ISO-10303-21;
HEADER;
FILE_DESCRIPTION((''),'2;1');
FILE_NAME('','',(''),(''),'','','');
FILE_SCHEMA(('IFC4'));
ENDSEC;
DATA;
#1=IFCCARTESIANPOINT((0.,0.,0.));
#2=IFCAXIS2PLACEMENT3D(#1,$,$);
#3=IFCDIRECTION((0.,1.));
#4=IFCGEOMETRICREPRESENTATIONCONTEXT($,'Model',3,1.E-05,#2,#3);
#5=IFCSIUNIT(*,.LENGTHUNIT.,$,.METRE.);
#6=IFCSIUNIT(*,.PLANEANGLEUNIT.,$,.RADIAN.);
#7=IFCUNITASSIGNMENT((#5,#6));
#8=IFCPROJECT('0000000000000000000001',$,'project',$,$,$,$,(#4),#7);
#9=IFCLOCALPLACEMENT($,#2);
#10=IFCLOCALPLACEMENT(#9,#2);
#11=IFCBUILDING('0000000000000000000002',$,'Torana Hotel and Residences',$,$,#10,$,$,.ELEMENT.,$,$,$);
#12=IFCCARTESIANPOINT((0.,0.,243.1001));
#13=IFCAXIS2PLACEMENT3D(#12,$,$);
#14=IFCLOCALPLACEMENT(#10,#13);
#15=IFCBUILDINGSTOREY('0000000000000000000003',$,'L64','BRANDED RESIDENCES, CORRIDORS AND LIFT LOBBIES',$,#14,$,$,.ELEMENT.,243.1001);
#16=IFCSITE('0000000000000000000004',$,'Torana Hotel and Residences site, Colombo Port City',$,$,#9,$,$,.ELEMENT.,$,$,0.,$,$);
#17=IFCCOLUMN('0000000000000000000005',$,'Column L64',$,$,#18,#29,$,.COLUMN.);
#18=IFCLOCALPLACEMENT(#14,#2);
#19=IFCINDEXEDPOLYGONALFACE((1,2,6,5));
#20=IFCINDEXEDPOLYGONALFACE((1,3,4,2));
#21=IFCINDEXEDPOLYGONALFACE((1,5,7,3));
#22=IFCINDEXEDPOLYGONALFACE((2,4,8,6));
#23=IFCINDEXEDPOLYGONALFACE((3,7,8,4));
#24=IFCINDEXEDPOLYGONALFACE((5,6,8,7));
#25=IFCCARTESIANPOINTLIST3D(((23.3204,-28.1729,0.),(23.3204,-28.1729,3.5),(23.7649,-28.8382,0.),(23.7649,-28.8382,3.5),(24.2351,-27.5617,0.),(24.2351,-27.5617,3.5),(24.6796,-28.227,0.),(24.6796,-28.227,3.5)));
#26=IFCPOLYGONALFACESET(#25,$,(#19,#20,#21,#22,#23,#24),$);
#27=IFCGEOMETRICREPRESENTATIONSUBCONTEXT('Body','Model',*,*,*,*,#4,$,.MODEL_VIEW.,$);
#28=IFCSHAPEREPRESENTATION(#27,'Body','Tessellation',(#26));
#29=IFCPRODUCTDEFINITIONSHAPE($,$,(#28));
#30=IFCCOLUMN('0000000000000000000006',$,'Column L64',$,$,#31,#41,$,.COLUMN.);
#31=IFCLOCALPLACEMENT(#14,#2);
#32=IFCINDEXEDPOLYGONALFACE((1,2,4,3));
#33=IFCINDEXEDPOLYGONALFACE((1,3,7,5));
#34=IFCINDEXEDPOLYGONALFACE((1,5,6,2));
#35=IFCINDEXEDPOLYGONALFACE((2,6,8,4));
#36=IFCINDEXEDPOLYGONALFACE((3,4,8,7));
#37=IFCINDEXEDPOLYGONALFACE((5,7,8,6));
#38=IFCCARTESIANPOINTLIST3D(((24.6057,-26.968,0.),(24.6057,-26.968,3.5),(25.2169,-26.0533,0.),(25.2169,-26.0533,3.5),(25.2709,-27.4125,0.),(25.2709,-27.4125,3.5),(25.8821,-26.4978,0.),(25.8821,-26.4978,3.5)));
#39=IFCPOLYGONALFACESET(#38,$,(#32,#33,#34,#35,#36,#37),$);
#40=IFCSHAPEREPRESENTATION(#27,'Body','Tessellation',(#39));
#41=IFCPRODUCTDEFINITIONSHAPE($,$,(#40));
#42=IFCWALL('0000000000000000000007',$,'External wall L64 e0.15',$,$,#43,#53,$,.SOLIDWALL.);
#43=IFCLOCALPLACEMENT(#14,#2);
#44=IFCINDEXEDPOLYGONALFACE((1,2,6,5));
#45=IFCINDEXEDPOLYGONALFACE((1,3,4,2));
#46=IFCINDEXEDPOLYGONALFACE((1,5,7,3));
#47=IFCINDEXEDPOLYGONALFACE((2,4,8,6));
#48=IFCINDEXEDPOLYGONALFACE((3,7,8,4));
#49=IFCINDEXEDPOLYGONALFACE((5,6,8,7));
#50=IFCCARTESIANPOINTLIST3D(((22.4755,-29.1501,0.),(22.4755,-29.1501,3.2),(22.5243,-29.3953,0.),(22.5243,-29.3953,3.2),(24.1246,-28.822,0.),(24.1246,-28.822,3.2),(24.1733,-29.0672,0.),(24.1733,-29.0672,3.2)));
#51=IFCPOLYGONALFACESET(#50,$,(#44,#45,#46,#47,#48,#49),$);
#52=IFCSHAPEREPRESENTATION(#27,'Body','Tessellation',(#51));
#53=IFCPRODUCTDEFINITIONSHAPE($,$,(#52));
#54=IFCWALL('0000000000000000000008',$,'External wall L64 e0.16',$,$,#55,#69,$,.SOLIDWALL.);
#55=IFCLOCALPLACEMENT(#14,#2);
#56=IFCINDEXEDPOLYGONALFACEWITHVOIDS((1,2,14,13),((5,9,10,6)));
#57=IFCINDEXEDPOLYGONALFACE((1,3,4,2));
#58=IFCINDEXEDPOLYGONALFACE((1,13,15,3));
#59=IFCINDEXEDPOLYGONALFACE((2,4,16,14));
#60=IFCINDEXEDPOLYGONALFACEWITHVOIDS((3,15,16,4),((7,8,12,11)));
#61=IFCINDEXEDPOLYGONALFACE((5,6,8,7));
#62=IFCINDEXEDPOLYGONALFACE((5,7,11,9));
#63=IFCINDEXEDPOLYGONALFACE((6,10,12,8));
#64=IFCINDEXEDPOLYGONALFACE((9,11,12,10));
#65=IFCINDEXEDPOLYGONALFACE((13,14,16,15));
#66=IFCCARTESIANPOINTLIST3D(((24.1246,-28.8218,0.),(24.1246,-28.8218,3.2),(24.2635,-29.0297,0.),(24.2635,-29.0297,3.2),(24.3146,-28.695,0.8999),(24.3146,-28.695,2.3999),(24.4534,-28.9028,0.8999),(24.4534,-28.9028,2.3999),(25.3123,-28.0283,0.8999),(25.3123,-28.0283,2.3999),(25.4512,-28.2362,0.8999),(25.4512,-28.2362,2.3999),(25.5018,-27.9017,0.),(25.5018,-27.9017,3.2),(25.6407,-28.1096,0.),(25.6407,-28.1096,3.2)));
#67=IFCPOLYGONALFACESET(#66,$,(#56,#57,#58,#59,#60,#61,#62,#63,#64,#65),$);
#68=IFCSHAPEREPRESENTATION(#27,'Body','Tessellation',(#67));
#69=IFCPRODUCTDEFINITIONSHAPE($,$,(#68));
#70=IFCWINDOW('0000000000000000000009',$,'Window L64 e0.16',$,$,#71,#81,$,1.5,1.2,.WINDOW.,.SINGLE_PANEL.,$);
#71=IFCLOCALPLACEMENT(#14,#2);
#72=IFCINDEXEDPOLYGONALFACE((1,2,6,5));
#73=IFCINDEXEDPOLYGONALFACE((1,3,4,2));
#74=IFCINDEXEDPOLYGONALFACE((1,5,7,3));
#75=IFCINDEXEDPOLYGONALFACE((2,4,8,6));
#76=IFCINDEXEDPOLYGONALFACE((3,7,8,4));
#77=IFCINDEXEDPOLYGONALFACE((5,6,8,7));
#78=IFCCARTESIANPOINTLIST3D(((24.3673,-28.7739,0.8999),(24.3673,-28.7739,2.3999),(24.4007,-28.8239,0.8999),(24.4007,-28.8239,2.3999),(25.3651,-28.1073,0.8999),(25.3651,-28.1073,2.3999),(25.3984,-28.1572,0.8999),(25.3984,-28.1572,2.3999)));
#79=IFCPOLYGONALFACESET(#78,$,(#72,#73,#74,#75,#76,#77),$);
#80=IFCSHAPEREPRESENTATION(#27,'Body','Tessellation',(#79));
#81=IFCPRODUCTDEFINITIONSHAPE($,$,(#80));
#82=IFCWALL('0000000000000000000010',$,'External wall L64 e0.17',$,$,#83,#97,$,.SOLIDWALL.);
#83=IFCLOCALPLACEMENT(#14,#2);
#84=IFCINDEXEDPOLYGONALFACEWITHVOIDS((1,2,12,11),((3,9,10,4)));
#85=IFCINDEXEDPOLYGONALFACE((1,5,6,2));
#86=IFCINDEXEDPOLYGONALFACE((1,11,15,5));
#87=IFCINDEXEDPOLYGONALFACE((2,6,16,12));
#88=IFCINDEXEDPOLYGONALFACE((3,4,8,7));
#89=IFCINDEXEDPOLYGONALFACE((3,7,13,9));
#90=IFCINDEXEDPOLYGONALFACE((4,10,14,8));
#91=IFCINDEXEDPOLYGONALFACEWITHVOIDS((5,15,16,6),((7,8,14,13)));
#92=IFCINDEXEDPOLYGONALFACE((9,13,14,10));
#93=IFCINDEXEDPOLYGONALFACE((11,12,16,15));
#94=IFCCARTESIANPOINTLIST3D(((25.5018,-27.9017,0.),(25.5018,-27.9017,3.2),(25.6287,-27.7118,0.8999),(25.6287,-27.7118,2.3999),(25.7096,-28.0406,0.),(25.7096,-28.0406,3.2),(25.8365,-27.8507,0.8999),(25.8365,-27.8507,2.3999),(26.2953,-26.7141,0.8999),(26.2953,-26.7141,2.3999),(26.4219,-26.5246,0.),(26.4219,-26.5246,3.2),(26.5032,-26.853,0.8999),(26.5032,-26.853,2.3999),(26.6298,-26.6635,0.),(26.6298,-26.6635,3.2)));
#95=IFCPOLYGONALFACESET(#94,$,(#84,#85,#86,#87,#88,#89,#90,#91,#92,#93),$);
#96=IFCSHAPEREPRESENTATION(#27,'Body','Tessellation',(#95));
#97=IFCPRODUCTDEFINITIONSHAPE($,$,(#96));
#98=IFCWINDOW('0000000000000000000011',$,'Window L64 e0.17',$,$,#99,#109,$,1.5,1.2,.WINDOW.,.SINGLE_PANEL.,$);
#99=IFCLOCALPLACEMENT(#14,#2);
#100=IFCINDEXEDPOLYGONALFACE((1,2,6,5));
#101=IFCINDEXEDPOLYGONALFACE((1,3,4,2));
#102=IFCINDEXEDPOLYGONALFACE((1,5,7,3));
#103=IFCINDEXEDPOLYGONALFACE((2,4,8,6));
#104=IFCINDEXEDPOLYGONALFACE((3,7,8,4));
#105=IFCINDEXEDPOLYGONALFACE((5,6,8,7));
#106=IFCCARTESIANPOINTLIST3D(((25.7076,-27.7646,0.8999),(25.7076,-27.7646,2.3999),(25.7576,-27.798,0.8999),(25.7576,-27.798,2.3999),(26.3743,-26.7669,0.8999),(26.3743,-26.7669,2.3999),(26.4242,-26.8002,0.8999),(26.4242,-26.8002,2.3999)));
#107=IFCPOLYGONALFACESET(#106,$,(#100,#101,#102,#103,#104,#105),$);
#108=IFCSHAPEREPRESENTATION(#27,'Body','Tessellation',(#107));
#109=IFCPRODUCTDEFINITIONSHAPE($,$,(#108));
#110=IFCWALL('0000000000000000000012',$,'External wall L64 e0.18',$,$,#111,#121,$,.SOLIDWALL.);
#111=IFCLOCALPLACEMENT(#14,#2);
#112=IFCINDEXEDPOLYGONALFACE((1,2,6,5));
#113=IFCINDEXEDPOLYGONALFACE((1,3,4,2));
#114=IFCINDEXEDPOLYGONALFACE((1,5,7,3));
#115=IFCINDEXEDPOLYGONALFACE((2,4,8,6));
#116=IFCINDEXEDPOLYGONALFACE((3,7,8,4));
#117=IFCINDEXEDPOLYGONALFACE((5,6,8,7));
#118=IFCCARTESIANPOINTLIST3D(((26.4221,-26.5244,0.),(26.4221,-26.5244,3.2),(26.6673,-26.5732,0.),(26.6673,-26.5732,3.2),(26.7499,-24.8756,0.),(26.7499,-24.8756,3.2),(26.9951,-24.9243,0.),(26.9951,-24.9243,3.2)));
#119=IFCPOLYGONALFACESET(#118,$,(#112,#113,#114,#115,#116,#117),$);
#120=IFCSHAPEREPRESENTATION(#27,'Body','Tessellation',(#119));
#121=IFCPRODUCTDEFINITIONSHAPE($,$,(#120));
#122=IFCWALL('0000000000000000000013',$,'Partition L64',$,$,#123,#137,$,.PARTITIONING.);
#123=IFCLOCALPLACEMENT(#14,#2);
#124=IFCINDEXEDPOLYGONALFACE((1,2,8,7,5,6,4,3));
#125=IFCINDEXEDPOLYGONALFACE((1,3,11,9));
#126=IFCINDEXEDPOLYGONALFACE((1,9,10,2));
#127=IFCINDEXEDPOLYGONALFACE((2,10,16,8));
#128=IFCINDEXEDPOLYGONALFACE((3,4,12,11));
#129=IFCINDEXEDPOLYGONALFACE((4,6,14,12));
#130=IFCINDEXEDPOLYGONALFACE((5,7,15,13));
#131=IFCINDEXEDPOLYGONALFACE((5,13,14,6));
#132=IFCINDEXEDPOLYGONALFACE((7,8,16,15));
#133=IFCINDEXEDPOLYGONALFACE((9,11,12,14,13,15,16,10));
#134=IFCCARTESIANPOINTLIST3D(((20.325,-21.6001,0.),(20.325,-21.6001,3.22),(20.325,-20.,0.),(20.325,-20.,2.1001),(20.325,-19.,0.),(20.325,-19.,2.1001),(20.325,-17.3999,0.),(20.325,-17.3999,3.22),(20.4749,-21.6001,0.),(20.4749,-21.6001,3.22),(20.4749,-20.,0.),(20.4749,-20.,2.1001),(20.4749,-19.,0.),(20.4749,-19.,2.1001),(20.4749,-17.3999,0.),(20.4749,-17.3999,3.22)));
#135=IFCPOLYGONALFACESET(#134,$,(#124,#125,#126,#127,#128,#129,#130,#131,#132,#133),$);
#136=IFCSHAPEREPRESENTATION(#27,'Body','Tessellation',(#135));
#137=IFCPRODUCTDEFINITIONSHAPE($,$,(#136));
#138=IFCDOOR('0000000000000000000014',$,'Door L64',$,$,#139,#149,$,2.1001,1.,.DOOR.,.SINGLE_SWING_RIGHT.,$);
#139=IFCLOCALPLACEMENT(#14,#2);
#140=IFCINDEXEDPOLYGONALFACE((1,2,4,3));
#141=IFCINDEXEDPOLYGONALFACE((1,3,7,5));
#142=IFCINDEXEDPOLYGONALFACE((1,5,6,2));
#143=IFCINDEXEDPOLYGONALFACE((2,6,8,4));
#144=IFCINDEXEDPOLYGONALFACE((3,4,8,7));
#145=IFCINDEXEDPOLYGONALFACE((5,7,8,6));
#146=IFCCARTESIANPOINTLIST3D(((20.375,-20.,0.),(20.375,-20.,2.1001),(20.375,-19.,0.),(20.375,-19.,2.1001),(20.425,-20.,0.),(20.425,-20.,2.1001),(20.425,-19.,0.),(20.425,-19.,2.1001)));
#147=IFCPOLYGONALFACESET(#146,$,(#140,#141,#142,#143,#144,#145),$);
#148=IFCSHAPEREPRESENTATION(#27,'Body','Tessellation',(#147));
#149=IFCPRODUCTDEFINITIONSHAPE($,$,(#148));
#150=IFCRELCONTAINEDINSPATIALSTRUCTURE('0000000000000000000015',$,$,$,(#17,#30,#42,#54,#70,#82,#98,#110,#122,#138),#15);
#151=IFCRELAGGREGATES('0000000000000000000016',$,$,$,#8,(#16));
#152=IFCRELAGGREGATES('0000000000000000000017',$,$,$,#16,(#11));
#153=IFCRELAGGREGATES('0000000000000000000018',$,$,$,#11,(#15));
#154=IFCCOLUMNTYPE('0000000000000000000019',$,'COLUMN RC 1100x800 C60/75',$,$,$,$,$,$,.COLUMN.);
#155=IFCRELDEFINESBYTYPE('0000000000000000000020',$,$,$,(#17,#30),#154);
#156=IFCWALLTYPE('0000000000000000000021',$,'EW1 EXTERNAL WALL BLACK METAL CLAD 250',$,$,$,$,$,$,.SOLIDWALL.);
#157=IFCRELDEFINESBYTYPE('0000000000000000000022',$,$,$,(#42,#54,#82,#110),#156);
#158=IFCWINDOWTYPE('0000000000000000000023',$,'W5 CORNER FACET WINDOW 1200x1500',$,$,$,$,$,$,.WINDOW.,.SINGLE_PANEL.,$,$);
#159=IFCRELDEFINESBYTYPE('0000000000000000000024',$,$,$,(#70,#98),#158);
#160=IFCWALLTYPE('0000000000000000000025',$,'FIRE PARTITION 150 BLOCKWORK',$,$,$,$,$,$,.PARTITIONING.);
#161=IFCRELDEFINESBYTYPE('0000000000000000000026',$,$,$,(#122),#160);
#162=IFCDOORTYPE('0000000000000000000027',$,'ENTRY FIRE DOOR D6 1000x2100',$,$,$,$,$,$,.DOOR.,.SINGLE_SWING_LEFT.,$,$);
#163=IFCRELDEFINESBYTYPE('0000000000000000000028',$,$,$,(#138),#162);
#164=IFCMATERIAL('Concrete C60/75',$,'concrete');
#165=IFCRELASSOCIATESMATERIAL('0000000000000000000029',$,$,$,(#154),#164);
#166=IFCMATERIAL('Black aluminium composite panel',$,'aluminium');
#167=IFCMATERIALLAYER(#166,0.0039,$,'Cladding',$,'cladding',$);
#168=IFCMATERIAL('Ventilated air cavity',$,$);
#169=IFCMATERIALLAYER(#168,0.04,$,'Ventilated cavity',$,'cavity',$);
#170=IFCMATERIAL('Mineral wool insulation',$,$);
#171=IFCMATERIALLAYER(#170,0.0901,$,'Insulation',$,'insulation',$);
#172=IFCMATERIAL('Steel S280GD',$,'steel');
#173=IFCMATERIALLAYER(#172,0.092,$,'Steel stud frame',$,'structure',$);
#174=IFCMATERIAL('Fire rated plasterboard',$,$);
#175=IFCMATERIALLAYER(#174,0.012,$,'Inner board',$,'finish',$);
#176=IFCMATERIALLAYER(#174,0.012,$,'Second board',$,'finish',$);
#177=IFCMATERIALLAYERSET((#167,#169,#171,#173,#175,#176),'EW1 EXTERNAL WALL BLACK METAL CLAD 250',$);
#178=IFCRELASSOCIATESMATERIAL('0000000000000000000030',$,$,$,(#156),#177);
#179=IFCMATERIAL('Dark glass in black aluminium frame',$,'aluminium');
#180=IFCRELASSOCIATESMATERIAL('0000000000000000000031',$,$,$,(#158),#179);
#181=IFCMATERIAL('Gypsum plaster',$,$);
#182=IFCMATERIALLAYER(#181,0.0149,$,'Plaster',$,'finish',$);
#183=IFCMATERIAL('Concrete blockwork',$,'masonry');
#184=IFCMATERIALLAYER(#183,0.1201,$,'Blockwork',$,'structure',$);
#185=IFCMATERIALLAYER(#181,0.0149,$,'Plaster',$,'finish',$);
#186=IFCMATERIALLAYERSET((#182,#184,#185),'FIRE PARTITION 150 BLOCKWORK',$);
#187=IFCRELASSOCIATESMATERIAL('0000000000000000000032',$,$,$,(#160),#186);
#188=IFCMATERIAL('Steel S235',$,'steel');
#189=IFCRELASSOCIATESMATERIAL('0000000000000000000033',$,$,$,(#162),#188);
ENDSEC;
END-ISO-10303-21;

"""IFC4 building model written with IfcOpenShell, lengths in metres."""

from ifc_helpers import new_model, si_unit, direction, frame, frame_2d, origin, origin_2d, place, context, subcontext, project, spatial, rectangle, extrude, material, layer, layer_set, material_profile, profile_set, type_object, element, fill, save


model = new_model("IFC4")

# Units and contexts
model_context = context("Model", 3, precision=1e-05, world=origin(), true_north=direction((0.0, 1.0)))
body_context = subcontext(model_context, "Body", "Model", "MODEL_VIEW")
ifc_project = project(units=[si_unit("LENGTHUNIT", "METRE"), si_unit("PLANEANGLEUNIT", "RADIAN")], contexts=[model_context])

# Site, building, storey
site_placement = place(None, origin())
site = spatial("IfcSite", under=ifc_project, at=site_placement, Name="Torana Hotel and Residences site, Colombo Port City", CompositionType="ELEMENT", RefElevation=0.0)
building_placement = place(site_placement, origin())
building = spatial("IfcBuilding", under=site, at=building_placement, Name="Torana Hotel and Residences", CompositionType="ELEMENT")
storey_placement = place(building_placement, frame((0.0, 0.0, 243.1001)))
storey = spatial("IfcBuildingStorey", under=building, at=storey_placement, Name="L64", Description="BRANDED RESIDENCES, CORRIDORS AND LIFT LOBBIES", CompositionType="ELEMENT", Elevation=243.1001)

# Columns
ifc_material_1 = material(Name="Concrete C60/75", Category="concrete")
ifc_material_profile = material_profile(ifc_material_1, rectangle(XDim=1.1001, YDim=0.8, at=origin_2d()), Name="RC 1100x800")
ifc_profile_set = profile_set([ifc_material_profile], Name="Concrete C60/75")
column_type = type_object("IfcColumnType", Name="COLUMN RC 1100x800 C60/75", PredefinedType="COLUMN", material=ifc_profile_set)
for number, where, z_axis, x_axis, name in (
    (1, (24.0, -28.2, 0.0), (0.0, 0.0, 1.0), (0.83146, 0.555585, 0.0), "Column L64"),
    (2, (25.2439, -26.7329, 0.0), (0.0, 0.0, 1.0), (0.555585, 0.83146, 0.0), "Column L64"),
):
    element("IfcColumn", number, at=place(storey_placement, frame(where, z_axis=z_axis, x_axis=x_axis)), inside=storey, type_object=column_type, Name=name, PredefinedType="COLUMN", context=body_context, shape_type="SweptSolid", body=[
        extrude(rectangle(XDim=1.1001, YDim=0.8, at=origin_2d()), origin(), (0.0, 0.0, 1.0), 3.5),
    ])

# Wall
ifc_material_2 = material(Name="Black aluminium composite panel", Category="aluminium")
ifc_layer_1 = layer(ifc_material_2, 0.0039, Name="Cladding", Category="cladding")
ifc_material_3 = material(Name="Ventilated air cavity")
ifc_layer_2 = layer(ifc_material_3, 0.04, Name="Ventilated cavity", Category="cavity")
ifc_material_4 = material(Name="Mineral wool insulation")
ifc_layer_3 = layer(ifc_material_4, 0.0901, Name="Insulation", Category="insulation")
ifc_material_5 = material(Name="Steel S280GD", Category="steel")
ifc_layer_4 = layer(ifc_material_5, 0.092, Name="Steel stud frame", Category="structure")
ifc_material_6 = material(Name="Fire rated plasterboard")
ifc_layer_5 = layer(ifc_material_6, 0.012, Name="Inner board", Category="finish")
ifc_layer_6 = layer(ifc_material_6, 0.012, Name="Second board", Category="finish")
ifc_layer_set_1 = layer_set([ifc_layer_1, ifc_layer_2, ifc_layer_3, ifc_layer_4, ifc_layer_5, ifc_layer_6], Name="EW1 EXTERNAL WALL BLACK METAL CLAD 250")
wall_type_1 = type_object("IfcWallType", Name="EW1 EXTERNAL WALL BLACK METAL CLAD 250", PredefinedType="SOLIDWALL", material=ifc_layer_set_1)
wall_1_placement = place(storey_placement, frame((22.4998, -29.2727, 0.0), z_axis=(0.0, 0.0, 1.0), x_axis=(0.980776, 0.195139, 0.0)))
element("IfcWall", 3, at=wall_1_placement, inside=storey, type_object=wall_type_1, Name="External wall L64 e0.15", PredefinedType="SOLIDWALL", context=body_context, shape_type="SweptSolid", body=[
    extrude(rectangle(XDim=1.6814, YDim=0.25, at=frame_2d((0.8408, 0.0))), origin(), (0.0, 0.0, 1.0), 3.2),
])

# Walls, openings, windows
wall_2_placement = place(storey_placement, frame((24.1941, -28.9258, 0.0), z_axis=(0.0, 0.0, 1.0), x_axis=(0.831483, 0.55555, 0.0)))
wall_2 = element("IfcWall", 4, at=wall_2_placement, inside=storey, type_object=wall_type_1, Name="External wall L64 e0.16", PredefinedType="SOLIDWALL", context=body_context, shape_type="SweptSolid", body=[
    extrude(rectangle(XDim=1.6562, YDim=0.25, at=frame_2d((0.8281, 0.0))), origin(), (0.0, 0.0, 1.0), 3.2),
])
opening_1_placement = place(wall_2_placement, frame((0.2283, 0.0, 0.8999)))
opening_1 = element("IfcOpeningElement", 5, at=opening_1_placement, cuts=wall_2, PredefinedType="OPENING", context=body_context, shape_type="SweptSolid", body=[
    extrude(rectangle(XDim=1.2, YDim=1.5, at=frame_2d((0.6001, 0.75))), frame((0.0, 0.135, 0.0), z_axis=(0.0, -1.0, 0.0), x_axis=(1.0, 0.0, 0.0)), (0.0, 0.0, 1.0), 0.27),
])
ifc_material_7 = material(Name="Dark glass in black aluminium frame", Category="aluminium")
window_type = type_object("IfcWindowType", Name="W5 CORNER FACET WINDOW 1200x1500", PartitioningType="SINGLE_PANEL", PredefinedType="WINDOW", material=ifc_material_7)
window_1_placement = place(opening_1_placement, origin())
window_1 = element("IfcWindow", 6, at=window_1_placement, inside=storey, type_object=window_type, Name="Window L64 e0.16", OverallHeight=1.5, OverallWidth=1.2, PartitioningType="SINGLE_PANEL", PredefinedType="WINDOW", context=body_context, shape_type="SweptSolid", body=[
    extrude(rectangle(XDim=1.2, YDim=1.5, at=frame_2d((0.6001, 0.75))), frame((0.0, 0.03, 0.0), z_axis=(0.0, -1.0, 0.0), x_axis=(1.0, 0.0, 0.0)), (0.0, 0.0, 1.0), 0.0601),
])
fill(opening_1, window_1)
wall_3_placement = place(storey_placement, frame((25.6057, -27.9712, 0.0), z_axis=(0.0, 0.0, 1.0), x_axis=(0.55555, 0.831483, 0.0)))
wall_3 = element("IfcWall", 7, at=wall_3_placement, inside=storey, type_object=wall_type_1, Name="External wall L64 e0.17", PredefinedType="SOLIDWALL", context=body_context, shape_type="SweptSolid", body=[
    extrude(rectangle(XDim=1.6562, YDim=0.25, at=frame_2d((0.8281, 0.0))), origin(), (0.0, 0.0, 1.0), 3.2),
])
opening_2_placement = place(wall_3_placement, frame((0.2283, 0.0, 0.8999)))
opening_2 = element("IfcOpeningElement", 8, at=opening_2_placement, cuts=wall_3, PredefinedType="OPENING", context=body_context, shape_type="SweptSolid", body=[
    extrude(rectangle(XDim=1.2, YDim=1.5, at=frame_2d((0.6001, 0.75))), frame((0.0, 0.135, 0.0), z_axis=(0.0, -1.0, 0.0), x_axis=(1.0, 0.0, 0.0)), (0.0, 0.0, 1.0), 0.27),
])
window_2_placement = place(opening_2_placement, origin())
window_2 = element("IfcWindow", 9, at=window_2_placement, inside=storey, type_object=window_type, Name="Window L64 e0.17", OverallHeight=1.5, OverallWidth=1.2, PartitioningType="SINGLE_PANEL", PredefinedType="WINDOW", context=body_context, shape_type="SweptSolid", body=[
    extrude(rectangle(XDim=1.2, YDim=1.5, at=frame_2d((0.6001, 0.75))), frame((0.0, 0.03, 0.0), z_axis=(0.0, -1.0, 0.0), x_axis=(1.0, 0.0, 0.0)), (0.0, 0.0, 1.0), 0.0601),
])
fill(opening_2, window_2)

# Wall
wall_4_placement = place(storey_placement, frame((26.5447, -26.5488, 0.0), z_axis=(0.0, 0.0, 1.0), x_axis=(0.195027, 0.980798, 0.0)))
element("IfcWall", 10, at=wall_4_placement, inside=storey, type_object=wall_type_1, Name="External wall L64 e0.18", PredefinedType="SOLIDWALL", context=body_context, shape_type="SweptSolid", body=[
    extrude(rectangle(XDim=1.6812, YDim=0.25, at=frame_2d((0.8406, 0.0))), origin(), (0.0, 0.0, 1.0), 3.2),
])

# Wall, opening, door
ifc_material_8 = material(Name="Gypsum plaster")
ifc_layer_7 = layer(ifc_material_8, 0.0149, Name="Plaster", Category="finish")
ifc_material_9 = material(Name="Concrete blockwork", Category="masonry")
ifc_layer_8 = layer(ifc_material_9, 0.1201, Name="Blockwork", Category="structure")
ifc_layer_9 = layer(ifc_material_8, 0.0149, Name="Plaster", Category="finish")
ifc_layer_set_2 = layer_set([ifc_layer_7, ifc_layer_8, ifc_layer_9], Name="FIRE PARTITION 150 BLOCKWORK")
wall_type_2 = type_object("IfcWallType", Name="FIRE PARTITION 150 BLOCKWORK", PredefinedType="PARTITIONING", material=ifc_layer_set_2)
wall_5_placement = place(storey_placement, frame((20.3999, -21.6001, 0.0), z_axis=(0.0, 0.0, 1.0), x_axis=(0.0, 1.0, 0.0)))
wall_5 = element("IfcWall", 11, at=wall_5_placement, inside=storey, type_object=wall_type_2, Name="Partition L64", PredefinedType="PARTITIONING", context=body_context, shape_type="SweptSolid", body=[
    extrude(rectangle(XDim=4.2002, YDim=0.1499, at=frame_2d((2.1001, 0.0))), origin(), (0.0, 0.0, 1.0), 3.22),
])
opening_3_placement = place(wall_5_placement, frame((1.6001, 0.0, 0.0)))
opening_3 = element("IfcOpeningElement", 12, at=opening_3_placement, cuts=wall_5, PredefinedType="OPENING", context=body_context, shape_type="SweptSolid", body=[
    extrude(rectangle(XDim=1.0, YDim=2.1001, at=frame_2d((0.5, 1.05))), frame((0.0, 0.085, 0.0), z_axis=(0.0, -1.0, 0.0), x_axis=(1.0, 0.0, 0.0)), (0.0, 0.0, 1.0), 0.1699),
])
ifc_material_10 = material(Name="Steel S235", Category="steel")
door_type_1 = type_object("IfcDoorType", Name="ENTRY FIRE DOOR D6 1000x2100", OperationType="SINGLE_SWING_LEFT", PredefinedType="DOOR", material=ifc_material_10)
door_1_placement = place(opening_3_placement, origin())
door_1 = element("IfcDoor", 13, at=door_1_placement, inside=storey, type_object=door_type_1, Name="Door L64", OperationType="SINGLE_SWING_RIGHT", OverallHeight=2.1001, OverallWidth=1.0, PredefinedType="DOOR", context=body_context, shape_type="SweptSolid", body=[
    extrude(rectangle(XDim=1.0, YDim=2.1001, at=frame_2d((0.5, 1.05))), frame((0.0, 0.0249, 0.0), z_axis=(0.0, -1.0, 0.0), x_axis=(1.0, 0.0, 0.0)), (0.0, 0.0, 1.0), 0.05),
])
fill(opening_3, door_1)

save(model, "model.ifc")
